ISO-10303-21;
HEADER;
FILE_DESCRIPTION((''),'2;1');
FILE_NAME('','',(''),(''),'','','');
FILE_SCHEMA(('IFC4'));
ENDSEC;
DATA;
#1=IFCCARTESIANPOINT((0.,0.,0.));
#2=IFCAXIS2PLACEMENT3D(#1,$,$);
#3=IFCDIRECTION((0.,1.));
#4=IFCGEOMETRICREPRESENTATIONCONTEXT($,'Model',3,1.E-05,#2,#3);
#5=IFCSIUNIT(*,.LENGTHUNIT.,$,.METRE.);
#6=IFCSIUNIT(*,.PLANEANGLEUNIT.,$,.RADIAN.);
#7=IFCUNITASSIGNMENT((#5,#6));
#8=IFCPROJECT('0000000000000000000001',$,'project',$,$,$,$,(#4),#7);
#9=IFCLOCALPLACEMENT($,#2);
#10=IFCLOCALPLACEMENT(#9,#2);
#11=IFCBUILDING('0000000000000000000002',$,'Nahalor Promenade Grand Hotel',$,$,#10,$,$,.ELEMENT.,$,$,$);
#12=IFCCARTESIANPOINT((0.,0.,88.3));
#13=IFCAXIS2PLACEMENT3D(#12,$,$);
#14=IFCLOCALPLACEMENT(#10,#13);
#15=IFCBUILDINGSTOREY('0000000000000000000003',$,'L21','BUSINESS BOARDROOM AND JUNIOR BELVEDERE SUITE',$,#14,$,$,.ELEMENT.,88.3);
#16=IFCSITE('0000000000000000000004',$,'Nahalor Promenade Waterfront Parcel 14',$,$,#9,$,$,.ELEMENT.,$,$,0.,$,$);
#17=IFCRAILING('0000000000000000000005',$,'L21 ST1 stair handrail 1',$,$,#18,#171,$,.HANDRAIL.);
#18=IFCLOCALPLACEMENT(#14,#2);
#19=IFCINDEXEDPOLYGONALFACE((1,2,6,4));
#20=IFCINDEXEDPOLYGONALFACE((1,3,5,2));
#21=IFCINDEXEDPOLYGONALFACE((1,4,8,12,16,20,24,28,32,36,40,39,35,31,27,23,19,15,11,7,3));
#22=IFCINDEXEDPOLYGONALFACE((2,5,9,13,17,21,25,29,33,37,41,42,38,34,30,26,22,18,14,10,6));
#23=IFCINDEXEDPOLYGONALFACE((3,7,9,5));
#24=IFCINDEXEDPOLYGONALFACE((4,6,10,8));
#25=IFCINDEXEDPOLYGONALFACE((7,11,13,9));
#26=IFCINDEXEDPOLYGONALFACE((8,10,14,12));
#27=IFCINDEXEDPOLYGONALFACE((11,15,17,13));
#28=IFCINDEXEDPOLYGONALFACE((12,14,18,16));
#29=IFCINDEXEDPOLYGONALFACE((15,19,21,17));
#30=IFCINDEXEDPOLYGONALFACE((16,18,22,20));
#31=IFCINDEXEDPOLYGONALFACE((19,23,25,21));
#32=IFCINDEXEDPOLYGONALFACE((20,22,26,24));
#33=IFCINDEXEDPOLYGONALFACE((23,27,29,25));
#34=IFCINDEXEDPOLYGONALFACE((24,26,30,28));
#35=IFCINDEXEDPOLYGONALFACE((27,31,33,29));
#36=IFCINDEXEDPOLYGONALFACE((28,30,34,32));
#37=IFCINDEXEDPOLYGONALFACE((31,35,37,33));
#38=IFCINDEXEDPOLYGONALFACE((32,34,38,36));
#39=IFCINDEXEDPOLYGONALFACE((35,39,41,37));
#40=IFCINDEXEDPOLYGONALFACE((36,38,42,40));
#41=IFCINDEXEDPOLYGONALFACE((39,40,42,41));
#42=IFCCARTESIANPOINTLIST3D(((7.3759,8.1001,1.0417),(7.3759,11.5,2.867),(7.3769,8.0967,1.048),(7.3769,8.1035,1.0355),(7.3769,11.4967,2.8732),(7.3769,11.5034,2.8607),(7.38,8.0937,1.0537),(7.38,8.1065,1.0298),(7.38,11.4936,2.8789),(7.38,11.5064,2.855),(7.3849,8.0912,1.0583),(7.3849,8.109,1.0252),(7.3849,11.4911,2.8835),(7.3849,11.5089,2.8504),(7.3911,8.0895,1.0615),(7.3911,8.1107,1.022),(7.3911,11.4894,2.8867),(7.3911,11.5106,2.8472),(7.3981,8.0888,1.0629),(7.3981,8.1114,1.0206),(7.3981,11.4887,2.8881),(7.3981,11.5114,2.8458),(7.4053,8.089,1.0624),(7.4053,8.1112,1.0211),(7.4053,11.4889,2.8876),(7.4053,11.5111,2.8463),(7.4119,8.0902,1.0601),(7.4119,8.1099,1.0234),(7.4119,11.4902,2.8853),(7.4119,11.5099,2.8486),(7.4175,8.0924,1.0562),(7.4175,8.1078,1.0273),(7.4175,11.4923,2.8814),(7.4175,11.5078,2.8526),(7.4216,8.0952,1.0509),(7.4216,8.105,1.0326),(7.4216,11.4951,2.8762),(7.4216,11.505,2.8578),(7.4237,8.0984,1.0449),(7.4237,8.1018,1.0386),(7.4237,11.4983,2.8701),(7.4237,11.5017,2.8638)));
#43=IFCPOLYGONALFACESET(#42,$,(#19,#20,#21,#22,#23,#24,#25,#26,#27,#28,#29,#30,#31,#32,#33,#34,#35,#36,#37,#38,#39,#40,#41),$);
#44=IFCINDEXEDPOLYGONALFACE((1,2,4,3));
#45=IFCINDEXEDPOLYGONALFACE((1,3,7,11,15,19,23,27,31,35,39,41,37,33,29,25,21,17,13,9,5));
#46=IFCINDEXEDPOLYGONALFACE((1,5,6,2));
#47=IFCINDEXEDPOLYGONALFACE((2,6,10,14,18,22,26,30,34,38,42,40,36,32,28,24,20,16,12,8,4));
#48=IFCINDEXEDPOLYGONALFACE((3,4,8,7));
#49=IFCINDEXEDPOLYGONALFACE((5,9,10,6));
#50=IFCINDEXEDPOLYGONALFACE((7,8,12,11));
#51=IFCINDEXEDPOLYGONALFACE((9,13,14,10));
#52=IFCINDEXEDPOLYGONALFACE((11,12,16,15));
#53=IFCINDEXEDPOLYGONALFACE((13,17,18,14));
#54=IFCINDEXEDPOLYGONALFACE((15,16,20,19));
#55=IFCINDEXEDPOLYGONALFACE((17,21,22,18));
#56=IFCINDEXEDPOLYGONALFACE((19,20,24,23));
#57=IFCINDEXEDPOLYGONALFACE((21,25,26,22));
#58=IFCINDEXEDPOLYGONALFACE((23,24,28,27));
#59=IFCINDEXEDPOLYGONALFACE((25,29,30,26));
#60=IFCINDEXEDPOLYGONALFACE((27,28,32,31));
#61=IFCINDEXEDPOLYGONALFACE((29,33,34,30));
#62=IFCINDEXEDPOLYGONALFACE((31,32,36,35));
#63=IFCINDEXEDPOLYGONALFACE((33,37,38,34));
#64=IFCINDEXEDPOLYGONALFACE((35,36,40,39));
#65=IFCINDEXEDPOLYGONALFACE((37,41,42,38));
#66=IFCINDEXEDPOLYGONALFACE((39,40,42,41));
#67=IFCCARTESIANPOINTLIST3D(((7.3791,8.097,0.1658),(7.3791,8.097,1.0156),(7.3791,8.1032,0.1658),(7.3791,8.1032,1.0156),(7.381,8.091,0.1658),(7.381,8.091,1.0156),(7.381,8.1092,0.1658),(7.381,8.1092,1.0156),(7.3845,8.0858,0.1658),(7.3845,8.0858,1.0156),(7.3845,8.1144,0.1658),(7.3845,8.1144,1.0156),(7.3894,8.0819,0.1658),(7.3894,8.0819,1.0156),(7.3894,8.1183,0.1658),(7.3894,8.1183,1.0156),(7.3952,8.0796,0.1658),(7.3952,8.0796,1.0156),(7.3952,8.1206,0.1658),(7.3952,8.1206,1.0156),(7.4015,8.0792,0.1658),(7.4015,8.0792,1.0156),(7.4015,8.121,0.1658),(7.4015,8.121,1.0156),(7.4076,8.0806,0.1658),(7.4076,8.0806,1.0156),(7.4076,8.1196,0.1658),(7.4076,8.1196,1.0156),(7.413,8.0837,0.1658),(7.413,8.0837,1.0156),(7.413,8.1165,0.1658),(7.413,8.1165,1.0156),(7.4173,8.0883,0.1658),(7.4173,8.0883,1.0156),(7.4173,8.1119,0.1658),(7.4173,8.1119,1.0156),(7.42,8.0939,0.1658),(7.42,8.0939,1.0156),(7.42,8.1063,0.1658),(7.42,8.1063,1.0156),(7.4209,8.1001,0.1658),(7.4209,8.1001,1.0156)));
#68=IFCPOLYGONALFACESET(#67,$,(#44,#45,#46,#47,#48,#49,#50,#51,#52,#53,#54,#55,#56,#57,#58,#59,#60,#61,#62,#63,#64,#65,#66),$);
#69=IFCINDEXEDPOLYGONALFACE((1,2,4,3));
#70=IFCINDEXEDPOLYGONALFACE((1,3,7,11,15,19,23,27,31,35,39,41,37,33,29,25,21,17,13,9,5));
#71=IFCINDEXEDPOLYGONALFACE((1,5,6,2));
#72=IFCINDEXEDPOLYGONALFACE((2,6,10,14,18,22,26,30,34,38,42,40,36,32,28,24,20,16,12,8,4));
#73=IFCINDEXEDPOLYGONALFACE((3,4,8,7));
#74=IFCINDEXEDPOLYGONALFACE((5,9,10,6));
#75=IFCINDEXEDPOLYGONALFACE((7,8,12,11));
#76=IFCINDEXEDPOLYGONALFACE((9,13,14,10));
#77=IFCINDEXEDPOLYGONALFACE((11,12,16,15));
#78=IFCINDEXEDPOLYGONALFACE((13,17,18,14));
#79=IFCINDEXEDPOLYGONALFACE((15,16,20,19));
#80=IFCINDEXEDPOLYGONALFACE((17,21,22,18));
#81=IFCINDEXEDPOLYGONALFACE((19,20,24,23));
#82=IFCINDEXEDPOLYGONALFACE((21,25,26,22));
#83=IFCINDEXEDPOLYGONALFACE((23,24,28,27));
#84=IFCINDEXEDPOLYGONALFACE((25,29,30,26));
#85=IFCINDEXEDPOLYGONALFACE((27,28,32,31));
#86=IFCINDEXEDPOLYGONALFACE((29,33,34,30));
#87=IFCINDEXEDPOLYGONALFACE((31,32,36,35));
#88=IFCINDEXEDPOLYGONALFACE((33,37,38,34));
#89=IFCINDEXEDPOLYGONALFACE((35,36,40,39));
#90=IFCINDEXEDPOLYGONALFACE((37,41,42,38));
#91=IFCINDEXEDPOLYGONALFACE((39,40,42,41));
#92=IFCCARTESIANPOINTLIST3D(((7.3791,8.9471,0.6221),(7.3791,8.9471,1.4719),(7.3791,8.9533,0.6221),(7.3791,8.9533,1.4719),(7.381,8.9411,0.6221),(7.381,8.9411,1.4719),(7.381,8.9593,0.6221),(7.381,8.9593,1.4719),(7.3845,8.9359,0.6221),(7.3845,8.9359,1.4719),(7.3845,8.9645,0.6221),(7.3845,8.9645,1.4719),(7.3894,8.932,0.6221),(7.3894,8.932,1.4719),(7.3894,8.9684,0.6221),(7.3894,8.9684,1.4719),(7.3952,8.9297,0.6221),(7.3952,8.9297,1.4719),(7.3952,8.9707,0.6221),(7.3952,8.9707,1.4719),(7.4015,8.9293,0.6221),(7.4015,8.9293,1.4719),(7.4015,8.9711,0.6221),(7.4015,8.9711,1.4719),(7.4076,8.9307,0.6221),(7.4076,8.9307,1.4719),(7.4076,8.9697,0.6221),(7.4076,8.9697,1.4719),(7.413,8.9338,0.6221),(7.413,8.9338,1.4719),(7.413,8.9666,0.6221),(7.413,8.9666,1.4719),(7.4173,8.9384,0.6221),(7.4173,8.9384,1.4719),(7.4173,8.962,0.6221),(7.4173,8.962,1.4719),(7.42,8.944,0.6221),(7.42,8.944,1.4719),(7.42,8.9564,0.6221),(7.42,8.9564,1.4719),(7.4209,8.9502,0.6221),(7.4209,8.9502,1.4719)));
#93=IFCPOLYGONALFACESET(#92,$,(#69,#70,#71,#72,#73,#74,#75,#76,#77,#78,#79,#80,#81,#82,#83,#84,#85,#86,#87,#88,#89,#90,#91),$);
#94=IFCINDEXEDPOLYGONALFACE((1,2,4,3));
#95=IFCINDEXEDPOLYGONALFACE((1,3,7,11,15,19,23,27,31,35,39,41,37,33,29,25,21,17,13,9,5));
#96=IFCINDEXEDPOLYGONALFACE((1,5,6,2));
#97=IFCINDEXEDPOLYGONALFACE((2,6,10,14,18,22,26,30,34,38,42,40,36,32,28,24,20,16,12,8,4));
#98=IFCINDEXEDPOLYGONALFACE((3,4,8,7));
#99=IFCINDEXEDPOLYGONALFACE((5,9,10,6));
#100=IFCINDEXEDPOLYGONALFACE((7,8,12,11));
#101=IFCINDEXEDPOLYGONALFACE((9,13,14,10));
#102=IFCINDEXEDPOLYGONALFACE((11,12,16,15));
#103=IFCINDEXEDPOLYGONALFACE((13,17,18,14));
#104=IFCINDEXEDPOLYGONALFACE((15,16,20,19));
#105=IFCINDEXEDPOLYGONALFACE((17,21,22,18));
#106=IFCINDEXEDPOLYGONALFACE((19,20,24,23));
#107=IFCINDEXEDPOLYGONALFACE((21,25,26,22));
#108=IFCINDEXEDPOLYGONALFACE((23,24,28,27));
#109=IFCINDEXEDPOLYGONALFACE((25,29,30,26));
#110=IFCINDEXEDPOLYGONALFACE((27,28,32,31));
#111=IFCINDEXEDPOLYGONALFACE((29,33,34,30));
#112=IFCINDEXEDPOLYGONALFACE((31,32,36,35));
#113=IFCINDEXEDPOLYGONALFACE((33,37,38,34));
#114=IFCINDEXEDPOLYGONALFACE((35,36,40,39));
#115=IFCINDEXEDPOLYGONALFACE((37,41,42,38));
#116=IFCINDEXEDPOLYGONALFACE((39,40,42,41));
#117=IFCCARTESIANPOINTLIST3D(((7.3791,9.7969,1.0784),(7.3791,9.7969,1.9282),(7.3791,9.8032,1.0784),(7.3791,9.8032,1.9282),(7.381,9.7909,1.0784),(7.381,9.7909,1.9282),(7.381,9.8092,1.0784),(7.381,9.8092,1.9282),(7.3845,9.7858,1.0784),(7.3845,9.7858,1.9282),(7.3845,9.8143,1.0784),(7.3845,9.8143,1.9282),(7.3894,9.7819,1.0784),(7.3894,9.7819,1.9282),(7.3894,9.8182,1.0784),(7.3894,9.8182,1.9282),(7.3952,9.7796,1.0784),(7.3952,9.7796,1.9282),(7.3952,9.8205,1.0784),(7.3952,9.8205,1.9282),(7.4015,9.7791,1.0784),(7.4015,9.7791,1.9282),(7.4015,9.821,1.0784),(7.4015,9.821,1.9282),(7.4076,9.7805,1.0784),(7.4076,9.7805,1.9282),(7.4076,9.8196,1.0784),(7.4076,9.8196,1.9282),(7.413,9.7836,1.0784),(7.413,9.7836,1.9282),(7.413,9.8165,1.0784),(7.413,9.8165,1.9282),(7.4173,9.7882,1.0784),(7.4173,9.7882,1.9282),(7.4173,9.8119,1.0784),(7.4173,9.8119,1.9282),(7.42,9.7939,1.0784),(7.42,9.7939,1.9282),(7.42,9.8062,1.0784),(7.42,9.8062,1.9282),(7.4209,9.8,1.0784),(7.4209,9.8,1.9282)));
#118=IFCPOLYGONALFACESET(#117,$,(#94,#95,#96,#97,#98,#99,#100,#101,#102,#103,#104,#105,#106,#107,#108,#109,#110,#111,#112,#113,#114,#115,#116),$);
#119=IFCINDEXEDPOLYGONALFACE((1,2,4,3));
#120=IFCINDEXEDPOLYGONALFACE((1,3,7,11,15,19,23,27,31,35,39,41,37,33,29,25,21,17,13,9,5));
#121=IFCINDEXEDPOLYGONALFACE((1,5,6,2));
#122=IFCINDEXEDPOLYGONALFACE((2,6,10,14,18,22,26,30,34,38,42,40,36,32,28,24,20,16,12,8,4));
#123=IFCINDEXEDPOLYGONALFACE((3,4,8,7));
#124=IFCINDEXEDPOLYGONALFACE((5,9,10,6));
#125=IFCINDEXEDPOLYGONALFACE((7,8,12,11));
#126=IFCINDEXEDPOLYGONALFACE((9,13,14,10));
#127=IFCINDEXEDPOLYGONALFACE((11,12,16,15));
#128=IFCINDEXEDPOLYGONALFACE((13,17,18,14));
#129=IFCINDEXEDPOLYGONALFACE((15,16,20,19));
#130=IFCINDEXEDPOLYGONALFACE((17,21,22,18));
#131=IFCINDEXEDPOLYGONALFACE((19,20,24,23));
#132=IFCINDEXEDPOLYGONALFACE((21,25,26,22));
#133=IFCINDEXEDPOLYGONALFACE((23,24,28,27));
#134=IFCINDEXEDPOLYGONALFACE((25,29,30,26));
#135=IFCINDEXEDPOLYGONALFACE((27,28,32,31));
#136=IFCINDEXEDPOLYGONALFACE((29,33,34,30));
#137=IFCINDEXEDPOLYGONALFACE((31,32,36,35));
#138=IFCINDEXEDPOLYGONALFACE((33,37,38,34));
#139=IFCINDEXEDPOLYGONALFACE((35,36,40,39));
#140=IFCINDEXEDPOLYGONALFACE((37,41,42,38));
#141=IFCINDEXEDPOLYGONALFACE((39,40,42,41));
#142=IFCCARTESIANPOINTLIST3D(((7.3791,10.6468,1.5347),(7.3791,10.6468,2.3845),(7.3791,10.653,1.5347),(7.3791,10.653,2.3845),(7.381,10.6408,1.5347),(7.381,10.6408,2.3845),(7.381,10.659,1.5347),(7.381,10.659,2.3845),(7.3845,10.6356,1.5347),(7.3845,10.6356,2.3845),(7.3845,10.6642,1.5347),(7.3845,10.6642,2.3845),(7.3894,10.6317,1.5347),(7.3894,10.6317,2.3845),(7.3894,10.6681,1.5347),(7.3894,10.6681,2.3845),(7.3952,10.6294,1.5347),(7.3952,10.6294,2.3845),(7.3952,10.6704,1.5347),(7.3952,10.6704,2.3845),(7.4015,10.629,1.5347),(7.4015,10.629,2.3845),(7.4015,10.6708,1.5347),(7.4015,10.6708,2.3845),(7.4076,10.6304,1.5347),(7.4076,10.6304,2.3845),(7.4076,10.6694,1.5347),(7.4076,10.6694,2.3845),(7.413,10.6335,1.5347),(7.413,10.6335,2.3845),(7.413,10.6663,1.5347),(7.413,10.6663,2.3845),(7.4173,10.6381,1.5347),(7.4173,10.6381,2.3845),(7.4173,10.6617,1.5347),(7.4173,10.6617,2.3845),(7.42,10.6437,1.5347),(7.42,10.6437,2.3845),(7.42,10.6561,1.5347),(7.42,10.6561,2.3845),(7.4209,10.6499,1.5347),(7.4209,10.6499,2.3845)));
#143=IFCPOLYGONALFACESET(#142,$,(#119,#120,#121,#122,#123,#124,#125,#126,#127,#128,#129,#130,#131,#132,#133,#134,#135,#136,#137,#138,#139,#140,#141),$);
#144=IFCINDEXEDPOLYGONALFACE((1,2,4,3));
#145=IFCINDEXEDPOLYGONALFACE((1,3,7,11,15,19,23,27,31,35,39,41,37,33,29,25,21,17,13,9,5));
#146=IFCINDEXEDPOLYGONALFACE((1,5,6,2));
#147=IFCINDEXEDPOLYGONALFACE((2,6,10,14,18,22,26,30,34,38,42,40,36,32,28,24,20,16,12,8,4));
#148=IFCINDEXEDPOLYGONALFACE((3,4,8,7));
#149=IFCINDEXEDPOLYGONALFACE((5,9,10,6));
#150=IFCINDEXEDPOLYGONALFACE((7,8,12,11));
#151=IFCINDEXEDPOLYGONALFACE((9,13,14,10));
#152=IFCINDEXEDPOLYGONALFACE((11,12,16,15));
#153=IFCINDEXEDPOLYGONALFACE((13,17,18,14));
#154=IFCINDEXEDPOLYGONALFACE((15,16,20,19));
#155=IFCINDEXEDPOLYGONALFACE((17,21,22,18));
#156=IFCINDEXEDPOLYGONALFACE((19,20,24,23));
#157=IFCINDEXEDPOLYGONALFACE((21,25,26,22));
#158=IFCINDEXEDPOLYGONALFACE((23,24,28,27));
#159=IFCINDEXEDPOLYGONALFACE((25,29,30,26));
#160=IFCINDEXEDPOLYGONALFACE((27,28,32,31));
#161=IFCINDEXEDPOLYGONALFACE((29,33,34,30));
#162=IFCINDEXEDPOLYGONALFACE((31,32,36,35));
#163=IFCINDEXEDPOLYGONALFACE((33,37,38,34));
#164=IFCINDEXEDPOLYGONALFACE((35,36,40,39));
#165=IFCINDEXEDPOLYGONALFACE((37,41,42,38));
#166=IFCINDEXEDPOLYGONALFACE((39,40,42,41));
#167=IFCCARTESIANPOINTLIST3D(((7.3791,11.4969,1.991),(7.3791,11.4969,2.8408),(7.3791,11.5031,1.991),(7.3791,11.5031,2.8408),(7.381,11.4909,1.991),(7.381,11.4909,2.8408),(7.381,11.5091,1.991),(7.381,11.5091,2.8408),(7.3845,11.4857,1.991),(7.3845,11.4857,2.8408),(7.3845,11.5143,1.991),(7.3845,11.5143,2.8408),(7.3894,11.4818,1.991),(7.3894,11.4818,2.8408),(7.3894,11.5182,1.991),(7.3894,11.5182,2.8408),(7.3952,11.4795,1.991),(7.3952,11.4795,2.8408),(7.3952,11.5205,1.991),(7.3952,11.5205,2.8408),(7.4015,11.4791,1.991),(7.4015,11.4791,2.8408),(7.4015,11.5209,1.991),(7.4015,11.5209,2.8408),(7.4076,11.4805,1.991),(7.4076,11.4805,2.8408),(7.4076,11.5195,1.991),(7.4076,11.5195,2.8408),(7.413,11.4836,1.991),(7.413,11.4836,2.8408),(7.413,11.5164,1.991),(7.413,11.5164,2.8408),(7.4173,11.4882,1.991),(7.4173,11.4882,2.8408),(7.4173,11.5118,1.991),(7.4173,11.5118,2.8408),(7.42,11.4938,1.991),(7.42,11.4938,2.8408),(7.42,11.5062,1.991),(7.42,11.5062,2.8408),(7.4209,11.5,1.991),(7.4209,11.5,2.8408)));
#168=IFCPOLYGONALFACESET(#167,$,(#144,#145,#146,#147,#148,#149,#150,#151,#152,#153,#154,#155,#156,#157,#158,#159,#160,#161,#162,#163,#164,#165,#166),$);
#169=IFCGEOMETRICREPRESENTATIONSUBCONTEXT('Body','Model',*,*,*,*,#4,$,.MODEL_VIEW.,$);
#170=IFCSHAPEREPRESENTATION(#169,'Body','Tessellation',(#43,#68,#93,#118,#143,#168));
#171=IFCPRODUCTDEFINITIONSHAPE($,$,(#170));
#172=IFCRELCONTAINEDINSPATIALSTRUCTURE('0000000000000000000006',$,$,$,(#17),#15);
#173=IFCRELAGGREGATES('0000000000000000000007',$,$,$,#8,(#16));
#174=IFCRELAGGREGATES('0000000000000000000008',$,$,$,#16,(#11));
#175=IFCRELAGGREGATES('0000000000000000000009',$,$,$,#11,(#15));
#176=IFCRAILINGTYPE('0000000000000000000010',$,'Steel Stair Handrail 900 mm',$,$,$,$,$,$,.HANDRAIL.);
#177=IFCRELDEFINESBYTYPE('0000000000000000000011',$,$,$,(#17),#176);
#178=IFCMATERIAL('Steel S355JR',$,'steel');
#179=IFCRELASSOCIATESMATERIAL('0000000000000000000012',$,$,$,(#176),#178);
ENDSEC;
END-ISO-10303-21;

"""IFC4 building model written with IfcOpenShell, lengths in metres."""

from ifc_helpers import new_model, si_unit, direction, frame, origin, origin_2d, place, context, subcontext, project, spatial, circle, extrude, material, type_object, element, save


model = new_model("IFC4")

# Units and contexts
model_context = context("Model", 3, precision=1e-05, world=origin(), true_north=direction((0.0, 1.0)))
body_context = subcontext(model_context, "Body", "Model", "MODEL_VIEW")
ifc_project = project(units=[si_unit("LENGTHUNIT", "METRE"), si_unit("PLANEANGLEUNIT", "RADIAN")], contexts=[model_context])

# Site, building, storey
site_placement = place(None, origin())
site = spatial("IfcSite", under=ifc_project, at=site_placement, Name="Nahalor Promenade Waterfront Parcel 14", CompositionType="ELEMENT", RefElevation=0.0)
building_placement = place(site_placement, origin())
building = spatial("IfcBuilding", under=site, at=building_placement, Name="Nahalor Promenade Grand Hotel", CompositionType="ELEMENT")
storey_placement = place(building_placement, frame((0.0, 0.0, 88.3)))
storey = spatial("IfcBuildingStorey", under=building, at=storey_placement, Name="L21", Description="BUSINESS BOARDROOM AND JUNIOR BELVEDERE SUITE", CompositionType="ELEMENT", Elevation=88.3)

# Shared definitions
ifc_material_1 = material(Name="Steel S355JR", Category="steel")

# Railing
railing_type_1 = type_object("IfcRailingType", Name="Steel Stair Handrail 900 mm", PredefinedType="HANDRAIL", material=ifc_material_1)
railing_1_placement = place(storey_placement, frame((7.3999, 8.1001, 0.1658)))
element("IfcRailing", 1, at=railing_1_placement, inside=storey, type_object=railing_type_1, Name="L21 ST1 stair handrail 1", PredefinedType="HANDRAIL", context=body_context, shape_type="SweptSolid", body=[
    extrude(circle(Radius=0.024, at=origin_2d()), frame((0.0, 0.0, 0.876), z_axis=(0.0, 0.881068, 0.47299), x_axis=(-1.0, 0.0, 0.0)), (0.0, 0.0, 1.0), 3.8589),
    extrude(circle(Radius=0.021, at=origin_2d()), origin(), (0.0, 0.0, 1.0), 0.8499),
    extrude(circle(Radius=0.021, at=origin_2d()), frame((0.0, 0.8501, 0.4563)), (0.0, 0.0, 1.0), 0.8499),
    extrude(circle(Radius=0.021, at=origin_2d()), frame((0.0, 1.7, 0.9126)), (0.0, 0.0, 1.0), 0.8499),
    extrude(circle(Radius=0.021, at=origin_2d()), frame((0.0, 2.5498, 1.3689)), (0.0, 0.0, 1.0), 0.8499),
    extrude(circle(Radius=0.021, at=origin_2d()), frame((0.0, 3.3999, 1.8252)), (0.0, 0.0, 1.0), 0.8499),
])

save(model, "model.ifc")
